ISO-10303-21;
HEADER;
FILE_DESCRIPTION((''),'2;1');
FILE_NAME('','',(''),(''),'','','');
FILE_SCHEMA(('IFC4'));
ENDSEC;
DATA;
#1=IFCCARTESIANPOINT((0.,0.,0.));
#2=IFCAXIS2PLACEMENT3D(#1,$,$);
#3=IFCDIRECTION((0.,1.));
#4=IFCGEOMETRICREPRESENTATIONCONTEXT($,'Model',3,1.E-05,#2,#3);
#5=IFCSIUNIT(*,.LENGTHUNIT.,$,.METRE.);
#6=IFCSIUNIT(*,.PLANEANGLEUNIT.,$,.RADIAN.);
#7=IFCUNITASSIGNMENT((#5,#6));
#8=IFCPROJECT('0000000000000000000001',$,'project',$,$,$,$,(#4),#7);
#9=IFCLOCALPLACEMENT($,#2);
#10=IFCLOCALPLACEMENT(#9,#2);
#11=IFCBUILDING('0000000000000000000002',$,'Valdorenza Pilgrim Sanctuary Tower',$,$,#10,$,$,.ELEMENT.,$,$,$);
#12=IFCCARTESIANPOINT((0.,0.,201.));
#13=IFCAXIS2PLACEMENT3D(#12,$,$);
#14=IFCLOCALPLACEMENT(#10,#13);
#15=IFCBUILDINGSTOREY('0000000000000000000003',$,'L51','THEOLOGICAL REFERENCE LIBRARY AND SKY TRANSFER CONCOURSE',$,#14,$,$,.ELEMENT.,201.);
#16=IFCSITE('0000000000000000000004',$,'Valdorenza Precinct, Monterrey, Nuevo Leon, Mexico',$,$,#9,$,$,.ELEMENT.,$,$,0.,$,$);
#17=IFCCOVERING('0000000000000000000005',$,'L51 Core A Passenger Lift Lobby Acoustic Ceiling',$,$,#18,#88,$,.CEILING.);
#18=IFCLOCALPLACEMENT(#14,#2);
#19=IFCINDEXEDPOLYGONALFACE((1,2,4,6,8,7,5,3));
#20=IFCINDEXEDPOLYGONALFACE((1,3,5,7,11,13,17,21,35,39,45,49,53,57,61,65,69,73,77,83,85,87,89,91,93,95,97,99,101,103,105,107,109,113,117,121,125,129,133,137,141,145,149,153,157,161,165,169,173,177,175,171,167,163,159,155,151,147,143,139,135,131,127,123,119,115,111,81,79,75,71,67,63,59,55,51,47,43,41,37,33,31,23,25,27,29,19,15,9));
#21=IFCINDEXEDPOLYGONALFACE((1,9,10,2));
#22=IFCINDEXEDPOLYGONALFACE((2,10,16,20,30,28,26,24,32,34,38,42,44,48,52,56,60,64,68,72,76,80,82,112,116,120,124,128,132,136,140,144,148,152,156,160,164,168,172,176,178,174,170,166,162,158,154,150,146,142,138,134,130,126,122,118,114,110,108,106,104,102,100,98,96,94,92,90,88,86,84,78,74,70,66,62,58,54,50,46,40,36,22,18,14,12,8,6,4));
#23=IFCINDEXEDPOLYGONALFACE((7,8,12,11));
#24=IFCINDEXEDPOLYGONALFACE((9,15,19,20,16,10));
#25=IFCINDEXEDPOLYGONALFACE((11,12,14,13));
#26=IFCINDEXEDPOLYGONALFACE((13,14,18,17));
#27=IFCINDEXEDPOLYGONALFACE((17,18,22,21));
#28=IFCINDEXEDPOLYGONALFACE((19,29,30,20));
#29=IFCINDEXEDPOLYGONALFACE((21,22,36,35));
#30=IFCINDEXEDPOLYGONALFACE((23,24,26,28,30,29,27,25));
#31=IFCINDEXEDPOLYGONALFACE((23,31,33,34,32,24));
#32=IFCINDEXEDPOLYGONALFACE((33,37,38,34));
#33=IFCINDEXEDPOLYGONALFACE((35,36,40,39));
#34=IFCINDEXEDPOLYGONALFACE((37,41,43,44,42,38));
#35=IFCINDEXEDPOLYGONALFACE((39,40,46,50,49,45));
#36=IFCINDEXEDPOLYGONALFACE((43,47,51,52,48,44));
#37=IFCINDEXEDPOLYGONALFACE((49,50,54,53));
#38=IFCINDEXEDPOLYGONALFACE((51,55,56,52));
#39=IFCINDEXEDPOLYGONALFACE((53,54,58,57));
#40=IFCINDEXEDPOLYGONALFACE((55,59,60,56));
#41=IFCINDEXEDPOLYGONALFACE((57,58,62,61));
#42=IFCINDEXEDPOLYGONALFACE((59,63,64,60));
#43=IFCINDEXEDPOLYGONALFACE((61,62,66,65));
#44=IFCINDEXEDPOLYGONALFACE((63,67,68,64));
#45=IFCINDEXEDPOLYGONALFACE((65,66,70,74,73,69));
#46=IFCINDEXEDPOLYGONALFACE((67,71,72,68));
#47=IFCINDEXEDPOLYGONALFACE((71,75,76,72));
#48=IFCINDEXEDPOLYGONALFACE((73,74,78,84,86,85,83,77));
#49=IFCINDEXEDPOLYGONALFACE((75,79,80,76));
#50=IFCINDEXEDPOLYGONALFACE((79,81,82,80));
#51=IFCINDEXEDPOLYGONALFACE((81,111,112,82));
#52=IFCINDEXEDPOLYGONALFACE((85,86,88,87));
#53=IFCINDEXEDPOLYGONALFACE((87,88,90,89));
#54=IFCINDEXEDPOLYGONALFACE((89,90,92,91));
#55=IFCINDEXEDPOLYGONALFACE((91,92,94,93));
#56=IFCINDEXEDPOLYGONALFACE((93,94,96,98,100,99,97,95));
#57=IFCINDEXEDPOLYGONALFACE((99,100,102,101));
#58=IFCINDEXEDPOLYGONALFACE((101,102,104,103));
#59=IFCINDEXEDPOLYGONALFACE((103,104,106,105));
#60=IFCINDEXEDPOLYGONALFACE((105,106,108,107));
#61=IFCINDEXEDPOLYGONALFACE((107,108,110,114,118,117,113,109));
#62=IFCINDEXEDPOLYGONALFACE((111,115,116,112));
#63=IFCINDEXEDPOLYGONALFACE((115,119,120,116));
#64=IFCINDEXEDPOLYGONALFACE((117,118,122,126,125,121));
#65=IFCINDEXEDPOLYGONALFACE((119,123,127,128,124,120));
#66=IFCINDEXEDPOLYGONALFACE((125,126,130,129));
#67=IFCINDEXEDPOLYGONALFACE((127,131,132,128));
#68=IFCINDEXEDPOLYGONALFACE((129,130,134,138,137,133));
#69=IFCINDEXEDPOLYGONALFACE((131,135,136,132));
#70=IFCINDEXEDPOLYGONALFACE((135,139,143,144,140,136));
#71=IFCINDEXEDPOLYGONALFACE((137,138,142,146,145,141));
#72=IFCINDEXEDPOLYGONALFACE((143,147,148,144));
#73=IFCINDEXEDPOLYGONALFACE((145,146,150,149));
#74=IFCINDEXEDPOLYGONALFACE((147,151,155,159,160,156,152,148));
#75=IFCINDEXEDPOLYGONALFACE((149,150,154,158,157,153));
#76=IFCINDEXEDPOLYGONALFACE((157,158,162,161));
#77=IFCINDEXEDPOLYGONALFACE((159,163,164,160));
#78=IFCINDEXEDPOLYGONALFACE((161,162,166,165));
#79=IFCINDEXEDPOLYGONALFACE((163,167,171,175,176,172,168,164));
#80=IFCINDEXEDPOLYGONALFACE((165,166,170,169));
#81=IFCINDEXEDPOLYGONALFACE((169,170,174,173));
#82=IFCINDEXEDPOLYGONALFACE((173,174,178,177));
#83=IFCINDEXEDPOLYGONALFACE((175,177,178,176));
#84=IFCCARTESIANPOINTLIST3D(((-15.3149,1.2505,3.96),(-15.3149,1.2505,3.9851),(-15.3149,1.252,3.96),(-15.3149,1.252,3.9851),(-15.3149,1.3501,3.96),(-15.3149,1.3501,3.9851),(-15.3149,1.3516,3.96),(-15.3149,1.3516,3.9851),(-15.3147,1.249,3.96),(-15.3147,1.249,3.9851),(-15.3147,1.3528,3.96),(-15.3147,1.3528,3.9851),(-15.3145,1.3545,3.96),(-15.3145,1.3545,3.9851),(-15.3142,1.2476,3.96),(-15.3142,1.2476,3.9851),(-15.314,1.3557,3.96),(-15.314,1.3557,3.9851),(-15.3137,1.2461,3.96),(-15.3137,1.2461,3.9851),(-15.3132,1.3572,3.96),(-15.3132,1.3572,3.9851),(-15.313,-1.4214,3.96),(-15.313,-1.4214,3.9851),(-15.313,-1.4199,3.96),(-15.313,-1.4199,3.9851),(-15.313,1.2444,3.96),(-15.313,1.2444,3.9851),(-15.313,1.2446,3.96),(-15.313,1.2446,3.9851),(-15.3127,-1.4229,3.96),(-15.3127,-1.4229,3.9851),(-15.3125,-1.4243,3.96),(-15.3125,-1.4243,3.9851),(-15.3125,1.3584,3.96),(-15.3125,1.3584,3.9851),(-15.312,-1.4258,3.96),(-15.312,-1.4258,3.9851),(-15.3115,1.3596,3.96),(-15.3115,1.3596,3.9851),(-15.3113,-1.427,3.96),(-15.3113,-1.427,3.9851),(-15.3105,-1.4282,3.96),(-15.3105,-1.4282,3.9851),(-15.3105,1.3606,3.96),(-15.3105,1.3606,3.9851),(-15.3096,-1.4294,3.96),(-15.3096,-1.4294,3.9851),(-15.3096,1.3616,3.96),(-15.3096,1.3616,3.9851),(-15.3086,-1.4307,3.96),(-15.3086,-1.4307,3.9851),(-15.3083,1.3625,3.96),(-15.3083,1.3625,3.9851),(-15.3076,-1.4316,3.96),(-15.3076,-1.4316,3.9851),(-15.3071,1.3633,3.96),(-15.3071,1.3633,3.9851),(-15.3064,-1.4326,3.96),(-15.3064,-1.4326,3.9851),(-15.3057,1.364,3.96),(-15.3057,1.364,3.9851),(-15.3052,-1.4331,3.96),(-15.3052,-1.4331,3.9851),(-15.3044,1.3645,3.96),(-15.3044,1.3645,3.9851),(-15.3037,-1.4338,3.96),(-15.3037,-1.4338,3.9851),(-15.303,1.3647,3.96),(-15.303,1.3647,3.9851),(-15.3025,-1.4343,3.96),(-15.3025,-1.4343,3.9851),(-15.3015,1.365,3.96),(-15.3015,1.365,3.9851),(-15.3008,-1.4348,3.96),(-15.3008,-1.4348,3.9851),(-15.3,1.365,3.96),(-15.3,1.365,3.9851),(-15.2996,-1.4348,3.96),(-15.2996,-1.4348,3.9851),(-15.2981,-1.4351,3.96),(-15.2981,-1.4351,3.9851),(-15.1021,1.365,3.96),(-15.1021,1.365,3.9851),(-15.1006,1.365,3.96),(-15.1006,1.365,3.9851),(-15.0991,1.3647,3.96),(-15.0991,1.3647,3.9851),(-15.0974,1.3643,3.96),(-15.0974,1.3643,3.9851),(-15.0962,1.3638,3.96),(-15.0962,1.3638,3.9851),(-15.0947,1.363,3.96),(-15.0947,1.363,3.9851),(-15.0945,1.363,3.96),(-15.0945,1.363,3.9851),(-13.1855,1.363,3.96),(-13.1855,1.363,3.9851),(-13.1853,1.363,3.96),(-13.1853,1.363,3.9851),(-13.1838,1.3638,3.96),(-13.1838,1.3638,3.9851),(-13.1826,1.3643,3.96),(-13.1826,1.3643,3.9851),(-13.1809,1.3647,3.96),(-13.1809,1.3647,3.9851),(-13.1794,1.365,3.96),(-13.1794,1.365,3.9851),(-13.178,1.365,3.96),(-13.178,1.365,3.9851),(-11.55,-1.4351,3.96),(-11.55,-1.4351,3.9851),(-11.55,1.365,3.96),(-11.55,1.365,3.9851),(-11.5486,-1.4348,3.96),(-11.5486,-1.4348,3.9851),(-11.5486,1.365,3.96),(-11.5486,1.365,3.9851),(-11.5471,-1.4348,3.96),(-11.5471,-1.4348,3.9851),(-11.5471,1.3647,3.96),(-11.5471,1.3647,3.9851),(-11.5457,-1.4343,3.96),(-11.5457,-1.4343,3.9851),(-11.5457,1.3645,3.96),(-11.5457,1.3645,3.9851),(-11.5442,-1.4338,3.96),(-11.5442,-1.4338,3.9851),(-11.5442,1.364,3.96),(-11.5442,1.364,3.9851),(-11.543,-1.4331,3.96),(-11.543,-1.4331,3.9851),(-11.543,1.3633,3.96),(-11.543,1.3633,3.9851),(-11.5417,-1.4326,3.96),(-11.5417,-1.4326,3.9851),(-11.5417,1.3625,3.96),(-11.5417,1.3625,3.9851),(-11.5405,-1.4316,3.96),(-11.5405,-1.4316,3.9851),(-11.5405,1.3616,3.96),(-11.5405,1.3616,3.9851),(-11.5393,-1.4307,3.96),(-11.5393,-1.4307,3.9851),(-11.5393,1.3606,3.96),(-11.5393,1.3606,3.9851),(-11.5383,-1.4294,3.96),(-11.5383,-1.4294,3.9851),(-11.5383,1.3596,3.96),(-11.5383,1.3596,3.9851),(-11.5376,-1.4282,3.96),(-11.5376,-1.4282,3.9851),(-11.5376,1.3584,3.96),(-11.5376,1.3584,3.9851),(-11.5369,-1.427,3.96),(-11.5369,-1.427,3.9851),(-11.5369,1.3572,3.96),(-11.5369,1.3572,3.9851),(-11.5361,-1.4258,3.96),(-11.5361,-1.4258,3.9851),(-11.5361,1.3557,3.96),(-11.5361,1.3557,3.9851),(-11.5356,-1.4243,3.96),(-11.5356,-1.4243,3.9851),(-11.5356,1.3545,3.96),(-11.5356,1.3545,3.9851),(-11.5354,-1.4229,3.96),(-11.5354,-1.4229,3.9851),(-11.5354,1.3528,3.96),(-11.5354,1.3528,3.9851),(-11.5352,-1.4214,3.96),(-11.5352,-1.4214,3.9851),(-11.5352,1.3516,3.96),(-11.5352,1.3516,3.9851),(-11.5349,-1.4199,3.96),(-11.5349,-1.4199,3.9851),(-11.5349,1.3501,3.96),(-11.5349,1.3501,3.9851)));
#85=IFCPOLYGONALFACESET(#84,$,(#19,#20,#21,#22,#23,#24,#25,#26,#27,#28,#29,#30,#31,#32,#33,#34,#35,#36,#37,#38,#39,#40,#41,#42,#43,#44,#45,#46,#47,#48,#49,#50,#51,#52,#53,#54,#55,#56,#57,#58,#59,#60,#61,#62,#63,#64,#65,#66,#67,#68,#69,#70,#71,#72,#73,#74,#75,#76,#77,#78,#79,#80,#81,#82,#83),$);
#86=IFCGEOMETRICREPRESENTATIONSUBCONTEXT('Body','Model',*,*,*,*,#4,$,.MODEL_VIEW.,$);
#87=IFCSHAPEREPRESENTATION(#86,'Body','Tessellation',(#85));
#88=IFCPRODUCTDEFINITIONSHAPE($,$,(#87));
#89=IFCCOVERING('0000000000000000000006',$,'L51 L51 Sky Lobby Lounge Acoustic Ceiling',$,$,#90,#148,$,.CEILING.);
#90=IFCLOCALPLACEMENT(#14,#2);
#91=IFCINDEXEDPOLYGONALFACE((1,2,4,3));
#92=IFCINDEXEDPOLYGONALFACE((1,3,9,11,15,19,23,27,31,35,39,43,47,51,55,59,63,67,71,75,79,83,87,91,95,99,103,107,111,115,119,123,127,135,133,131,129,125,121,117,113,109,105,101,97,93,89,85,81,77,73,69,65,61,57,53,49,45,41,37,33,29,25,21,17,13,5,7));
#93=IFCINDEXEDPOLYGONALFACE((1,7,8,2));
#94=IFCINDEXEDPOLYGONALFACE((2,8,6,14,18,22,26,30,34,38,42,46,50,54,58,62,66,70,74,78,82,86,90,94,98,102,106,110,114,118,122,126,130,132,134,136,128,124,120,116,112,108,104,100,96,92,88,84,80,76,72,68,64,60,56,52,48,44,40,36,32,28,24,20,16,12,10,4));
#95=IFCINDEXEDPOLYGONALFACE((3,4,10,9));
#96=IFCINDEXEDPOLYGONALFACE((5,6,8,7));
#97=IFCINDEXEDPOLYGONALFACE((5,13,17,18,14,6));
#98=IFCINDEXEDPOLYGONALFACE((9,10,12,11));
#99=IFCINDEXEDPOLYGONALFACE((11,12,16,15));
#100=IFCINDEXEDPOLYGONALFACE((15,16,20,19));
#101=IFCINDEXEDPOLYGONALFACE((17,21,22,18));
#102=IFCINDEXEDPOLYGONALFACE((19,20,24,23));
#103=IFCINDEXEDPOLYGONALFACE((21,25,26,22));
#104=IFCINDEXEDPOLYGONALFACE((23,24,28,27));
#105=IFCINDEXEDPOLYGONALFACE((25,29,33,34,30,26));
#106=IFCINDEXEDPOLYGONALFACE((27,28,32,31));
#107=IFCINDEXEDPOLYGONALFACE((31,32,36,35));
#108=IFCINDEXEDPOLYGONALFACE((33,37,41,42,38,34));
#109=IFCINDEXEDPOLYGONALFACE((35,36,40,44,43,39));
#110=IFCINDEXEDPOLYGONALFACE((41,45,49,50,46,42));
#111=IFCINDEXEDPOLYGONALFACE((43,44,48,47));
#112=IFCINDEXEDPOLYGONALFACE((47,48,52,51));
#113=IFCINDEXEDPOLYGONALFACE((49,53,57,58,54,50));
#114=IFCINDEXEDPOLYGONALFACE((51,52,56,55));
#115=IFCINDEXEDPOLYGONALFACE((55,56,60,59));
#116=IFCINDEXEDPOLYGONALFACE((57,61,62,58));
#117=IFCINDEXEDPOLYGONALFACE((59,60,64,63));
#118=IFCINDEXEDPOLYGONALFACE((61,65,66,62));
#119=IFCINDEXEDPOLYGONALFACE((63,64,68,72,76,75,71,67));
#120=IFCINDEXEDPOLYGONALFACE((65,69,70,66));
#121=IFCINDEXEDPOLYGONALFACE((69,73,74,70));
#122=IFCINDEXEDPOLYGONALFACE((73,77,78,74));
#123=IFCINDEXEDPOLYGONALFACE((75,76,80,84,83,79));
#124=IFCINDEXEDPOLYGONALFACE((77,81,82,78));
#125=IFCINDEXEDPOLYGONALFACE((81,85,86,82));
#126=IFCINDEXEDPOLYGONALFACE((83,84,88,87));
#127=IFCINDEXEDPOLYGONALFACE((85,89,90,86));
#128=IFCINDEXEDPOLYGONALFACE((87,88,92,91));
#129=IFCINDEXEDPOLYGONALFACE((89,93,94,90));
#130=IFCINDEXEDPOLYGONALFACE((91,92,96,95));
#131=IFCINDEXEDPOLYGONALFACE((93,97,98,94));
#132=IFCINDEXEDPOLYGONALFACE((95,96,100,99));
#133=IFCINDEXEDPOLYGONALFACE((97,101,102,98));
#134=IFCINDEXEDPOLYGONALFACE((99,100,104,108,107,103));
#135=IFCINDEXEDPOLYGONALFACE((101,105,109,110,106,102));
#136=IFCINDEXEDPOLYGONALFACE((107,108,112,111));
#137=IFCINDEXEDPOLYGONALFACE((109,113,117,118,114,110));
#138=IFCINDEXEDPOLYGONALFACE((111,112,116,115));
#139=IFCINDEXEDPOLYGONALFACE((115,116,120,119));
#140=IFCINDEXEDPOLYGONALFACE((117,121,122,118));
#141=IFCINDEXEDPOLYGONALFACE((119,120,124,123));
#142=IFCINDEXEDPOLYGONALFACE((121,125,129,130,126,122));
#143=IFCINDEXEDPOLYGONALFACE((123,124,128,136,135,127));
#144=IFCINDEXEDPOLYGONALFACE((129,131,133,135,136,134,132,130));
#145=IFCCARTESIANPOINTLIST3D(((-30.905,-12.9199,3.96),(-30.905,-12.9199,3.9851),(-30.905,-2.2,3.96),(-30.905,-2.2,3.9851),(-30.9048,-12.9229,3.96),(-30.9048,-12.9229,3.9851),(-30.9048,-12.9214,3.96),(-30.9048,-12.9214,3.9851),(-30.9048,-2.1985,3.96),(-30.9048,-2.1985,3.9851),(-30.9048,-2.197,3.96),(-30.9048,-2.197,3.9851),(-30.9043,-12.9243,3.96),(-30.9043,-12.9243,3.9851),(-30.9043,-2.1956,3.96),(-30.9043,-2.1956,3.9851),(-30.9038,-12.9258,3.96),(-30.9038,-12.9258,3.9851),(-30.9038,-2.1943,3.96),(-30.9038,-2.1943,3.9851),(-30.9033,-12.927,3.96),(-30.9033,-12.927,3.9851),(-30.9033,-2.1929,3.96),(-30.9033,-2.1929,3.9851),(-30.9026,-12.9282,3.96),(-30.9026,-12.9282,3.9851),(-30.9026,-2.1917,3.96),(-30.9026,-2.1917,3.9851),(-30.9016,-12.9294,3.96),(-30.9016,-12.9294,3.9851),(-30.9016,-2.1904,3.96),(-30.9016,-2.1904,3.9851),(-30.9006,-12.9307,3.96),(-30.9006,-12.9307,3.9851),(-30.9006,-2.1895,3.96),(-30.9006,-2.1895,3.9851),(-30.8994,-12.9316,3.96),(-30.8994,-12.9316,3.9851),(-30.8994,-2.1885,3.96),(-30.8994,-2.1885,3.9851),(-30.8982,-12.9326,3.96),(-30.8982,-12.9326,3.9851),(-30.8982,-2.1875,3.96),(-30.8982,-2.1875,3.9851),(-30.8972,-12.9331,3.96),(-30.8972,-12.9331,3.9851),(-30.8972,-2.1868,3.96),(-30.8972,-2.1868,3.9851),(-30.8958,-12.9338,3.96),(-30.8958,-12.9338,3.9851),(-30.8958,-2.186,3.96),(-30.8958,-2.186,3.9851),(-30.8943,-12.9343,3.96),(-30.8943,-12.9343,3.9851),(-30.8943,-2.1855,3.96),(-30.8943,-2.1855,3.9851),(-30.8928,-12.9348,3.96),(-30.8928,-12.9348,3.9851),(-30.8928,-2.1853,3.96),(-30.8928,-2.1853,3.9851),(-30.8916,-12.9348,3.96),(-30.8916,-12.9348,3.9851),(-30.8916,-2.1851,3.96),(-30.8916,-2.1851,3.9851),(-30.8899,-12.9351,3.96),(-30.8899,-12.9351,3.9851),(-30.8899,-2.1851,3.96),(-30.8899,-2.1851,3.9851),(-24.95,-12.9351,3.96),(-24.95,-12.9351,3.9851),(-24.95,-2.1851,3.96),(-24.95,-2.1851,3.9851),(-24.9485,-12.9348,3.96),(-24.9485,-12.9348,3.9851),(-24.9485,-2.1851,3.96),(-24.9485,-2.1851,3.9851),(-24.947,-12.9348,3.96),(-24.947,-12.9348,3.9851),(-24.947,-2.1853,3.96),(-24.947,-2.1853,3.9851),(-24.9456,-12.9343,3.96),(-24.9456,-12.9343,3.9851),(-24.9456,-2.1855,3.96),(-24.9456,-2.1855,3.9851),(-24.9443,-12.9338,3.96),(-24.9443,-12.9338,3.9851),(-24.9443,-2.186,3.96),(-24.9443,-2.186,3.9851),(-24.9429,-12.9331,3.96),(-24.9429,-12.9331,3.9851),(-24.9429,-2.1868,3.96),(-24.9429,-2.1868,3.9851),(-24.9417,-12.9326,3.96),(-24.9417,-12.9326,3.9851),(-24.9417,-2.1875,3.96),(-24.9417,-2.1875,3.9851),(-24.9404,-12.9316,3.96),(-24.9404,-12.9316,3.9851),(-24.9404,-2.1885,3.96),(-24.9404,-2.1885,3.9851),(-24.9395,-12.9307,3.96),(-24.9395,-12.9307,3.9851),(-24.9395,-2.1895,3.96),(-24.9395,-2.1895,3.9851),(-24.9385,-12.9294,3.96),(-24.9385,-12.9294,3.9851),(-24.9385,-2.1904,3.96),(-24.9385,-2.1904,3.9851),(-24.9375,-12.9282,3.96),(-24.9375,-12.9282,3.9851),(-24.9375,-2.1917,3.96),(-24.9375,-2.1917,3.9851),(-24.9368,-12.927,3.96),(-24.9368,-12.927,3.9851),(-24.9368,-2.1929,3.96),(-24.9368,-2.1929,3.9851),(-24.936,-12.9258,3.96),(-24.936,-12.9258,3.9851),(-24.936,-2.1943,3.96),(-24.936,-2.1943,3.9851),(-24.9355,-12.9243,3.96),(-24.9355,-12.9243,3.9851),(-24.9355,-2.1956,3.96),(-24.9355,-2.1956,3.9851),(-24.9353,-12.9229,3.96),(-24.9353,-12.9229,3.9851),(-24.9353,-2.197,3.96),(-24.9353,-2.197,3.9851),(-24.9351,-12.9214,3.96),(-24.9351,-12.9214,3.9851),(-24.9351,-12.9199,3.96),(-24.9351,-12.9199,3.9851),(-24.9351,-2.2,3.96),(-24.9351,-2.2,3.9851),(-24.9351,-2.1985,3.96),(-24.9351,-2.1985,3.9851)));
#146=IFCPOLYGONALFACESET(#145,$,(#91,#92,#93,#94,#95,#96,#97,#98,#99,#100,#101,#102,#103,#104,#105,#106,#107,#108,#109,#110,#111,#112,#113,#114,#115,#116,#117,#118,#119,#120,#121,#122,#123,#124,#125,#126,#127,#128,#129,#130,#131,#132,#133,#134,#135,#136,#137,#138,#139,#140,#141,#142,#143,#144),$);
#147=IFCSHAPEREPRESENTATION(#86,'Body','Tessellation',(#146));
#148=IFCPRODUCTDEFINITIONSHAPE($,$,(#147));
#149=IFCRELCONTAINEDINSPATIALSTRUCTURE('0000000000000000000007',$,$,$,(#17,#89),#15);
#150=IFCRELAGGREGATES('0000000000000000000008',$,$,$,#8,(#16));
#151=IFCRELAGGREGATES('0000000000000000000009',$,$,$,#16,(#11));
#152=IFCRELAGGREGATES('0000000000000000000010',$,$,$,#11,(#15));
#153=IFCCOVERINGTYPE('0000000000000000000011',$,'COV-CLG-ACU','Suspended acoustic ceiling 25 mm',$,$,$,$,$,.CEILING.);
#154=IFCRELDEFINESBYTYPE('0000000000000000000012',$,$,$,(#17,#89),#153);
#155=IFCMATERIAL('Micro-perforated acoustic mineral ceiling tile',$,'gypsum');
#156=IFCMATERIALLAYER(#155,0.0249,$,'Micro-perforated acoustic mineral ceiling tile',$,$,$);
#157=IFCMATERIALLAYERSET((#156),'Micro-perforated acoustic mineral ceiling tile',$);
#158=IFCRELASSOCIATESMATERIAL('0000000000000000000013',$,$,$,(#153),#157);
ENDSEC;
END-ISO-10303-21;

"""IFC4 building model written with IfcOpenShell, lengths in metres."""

from ifc_helpers import new_model, si_unit, direction, frame, origin, place, context, subcontext, project, spatial, polyline, outline, extrude, material, layer, layer_set, type_object, element, save


model = new_model("IFC4")

# Units and contexts
model_context = context("Model", 3, precision=1e-05, world=origin(), true_north=direction((0.0, 1.0)))
body_context = subcontext(model_context, "Body", "Model", "MODEL_VIEW")
ifc_project = project(units=[si_unit("LENGTHUNIT", "METRE"), si_unit("PLANEANGLEUNIT", "RADIAN")], contexts=[model_context])

# Site, building, storey
site_placement = place(None, origin())
site = spatial("IfcSite", under=ifc_project, at=site_placement, Name="Valdorenza Precinct, Monterrey, Nuevo Leon, Mexico", CompositionType="ELEMENT", RefElevation=0.0)
building_placement = place(site_placement, origin())
building = spatial("IfcBuilding", under=site, at=building_placement, Name="Valdorenza Pilgrim Sanctuary Tower", CompositionType="ELEMENT")
storey_placement = place(building_placement, frame((0.0, 0.0, 201.0)))
storey = spatial("IfcBuildingStorey", under=building, at=storey_placement, Name="L51", Description="THEOLOGICAL REFERENCE LIBRARY AND SKY TRANSFER CONCOURSE", CompositionType="ELEMENT", Elevation=201.0)

# Coverings
ifc_material_1 = material(Name="Micro-perforated acoustic mineral ceiling tile", Category="gypsum")
ifc_layer_1 = layer(ifc_material_1, 0.0249, Name="Micro-perforated acoustic mineral ceiling tile")
ifc_layer_set_1 = layer_set([ifc_layer_1], Name="Micro-perforated acoustic mineral ceiling tile")
covering_type_1 = type_object("IfcCoveringType", Name="COV-CLG-ACU", Description="Suspended acoustic ceiling 25 mm", PredefinedType="CEILING", material=ifc_layer_set_1)
covering_1_placement = place(storey_placement, frame((0.0, 0.0, 3.96)))
element("IfcCovering", 1, at=covering_1_placement, inside=storey, type_object=covering_type_1, Name="L51 Core A Passenger Lift Lobby Acoustic Ceiling", PredefinedType="CEILING", context=body_context, shape_type="SweptSolid", body=[
    extrude(outline(polyline([(-15.313, 1.2444), (-15.313, 1.2446), (-15.3137, 1.2461), (-15.3142, 1.2476), (-15.3147, 1.249), (-15.3149, 1.2505), (-15.3149, 1.252), (-15.3149, 1.3501), (-15.3149, 1.3516), (-15.3147, 1.3528), (-15.3145, 1.3545), (-15.314, 1.3557), (-15.3132, 1.3572), (-15.3125, 1.3584), (-15.3115, 1.3596), (-15.3105, 1.3606), (-15.3096, 1.3616), (-15.3083, 1.3625), (-15.3071, 1.3633), (-15.3057, 1.364), (-15.3044, 1.3645), (-15.303, 1.3647), (-15.3015, 1.365), (-15.3, 1.365), (-15.1021, 1.365), (-15.1006, 1.365), (-15.0991, 1.3647), (-15.0974, 1.3643), (-15.0962, 1.3638), (-15.0947, 1.363), (-15.0945, 1.363), (-13.1855, 1.363), (-13.1853, 1.363), (-13.1838, 1.3638), (-13.1826, 1.3643), (-13.1809, 1.3647), (-13.1794, 1.365), (-13.178, 1.365), (-11.55, 1.365), (-11.5486, 1.365), (-11.5471, 1.3647), (-11.5457, 1.3645), (-11.5442, 1.364), (-11.543, 1.3633), (-11.5417, 1.3625), (-11.5405, 1.3616), (-11.5393, 1.3606), (-11.5383, 1.3596), (-11.5376, 1.3584), (-11.5369, 1.3572), (-11.5361, 1.3557), (-11.5356, 1.3545), (-11.5354, 1.3528), (-11.5352, 1.3516), (-11.5349, 1.3501), (-11.5349, -1.4199), (-11.5352, -1.4214), (-11.5354, -1.4229), (-11.5356, -1.4243), (-11.5361, -1.4258), (-11.5369, -1.427), (-11.5376, -1.4282), (-11.5383, -1.4294), (-11.5393, -1.4307), (-11.5405, -1.4316), (-11.5417, -1.4326), (-11.543, -1.4331), (-11.5442, -1.4338), (-11.5457, -1.4343), (-11.5471, -1.4348), (-11.5486, -1.4348), (-11.55, -1.4351), (-15.2981, -1.4351), (-15.2996, -1.4348), (-15.3008, -1.4348), (-15.3025, -1.4343), (-15.3037, -1.4338), (-15.3052, -1.4331), (-15.3064, -1.4326), (-15.3076, -1.4316), (-15.3086, -1.4307), (-15.3096, -1.4294), (-15.3105, -1.4282), (-15.3113, -1.427), (-15.312, -1.4258), (-15.3125, -1.4243), (-15.3127, -1.4229), (-15.313, -1.4214), (-15.313, -1.4199), (-15.313, 1.2444)])), origin(), (0.0, 0.0, 1.0), 0.0251),
])
covering_2_placement = place(storey_placement, frame((0.0, 0.0, 3.96)))
element("IfcCovering", 2, at=covering_2_placement, inside=storey, type_object=covering_type_1, Name="L51 L51 Sky Lobby Lounge Acoustic Ceiling", PredefinedType="CEILING", context=body_context, shape_type="SweptSolid", body=[
    extrude(outline(polyline([(-24.9351, -12.9199), (-24.9351, -12.9214), (-24.9353, -12.9229), (-24.9355, -12.9243), (-24.936, -12.9258), (-24.9368, -12.927), (-24.9375, -12.9282), (-24.9385, -12.9294), (-24.9395, -12.9307), (-24.9404, -12.9316), (-24.9417, -12.9326), (-24.9429, -12.9331), (-24.9443, -12.9338), (-24.9456, -12.9343), (-24.947, -12.9348), (-24.9485, -12.9348), (-24.95, -12.9351), (-30.8899, -12.9351), (-30.8916, -12.9348), (-30.8928, -12.9348), (-30.8943, -12.9343), (-30.8958, -12.9338), (-30.8972, -12.9331), (-30.8982, -12.9326), (-30.8994, -12.9316), (-30.9006, -12.9307), (-30.9016, -12.9294), (-30.9026, -12.9282), (-30.9033, -12.927), (-30.9038, -12.9258), (-30.9043, -12.9243), (-30.9048, -12.9229), (-30.9048, -12.9214), (-30.905, -12.9199), (-30.905, -2.2), (-30.9048, -2.1985), (-30.9048, -2.197), (-30.9043, -2.1956), (-30.9038, -2.1943), (-30.9033, -2.1929), (-30.9026, -2.1917), (-30.9016, -2.1904), (-30.9006, -2.1895), (-30.8994, -2.1885), (-30.8982, -2.1875), (-30.8972, -2.1868), (-30.8958, -2.186), (-30.8943, -2.1855), (-30.8928, -2.1853), (-30.8916, -2.1851), (-30.8899, -2.1851), (-24.95, -2.1851), (-24.9485, -2.1851), (-24.947, -2.1853), (-24.9456, -2.1855), (-24.9443, -2.186), (-24.9429, -2.1868), (-24.9417, -2.1875), (-24.9404, -2.1885), (-24.9395, -2.1895), (-24.9385, -2.1904), (-24.9375, -2.1917), (-24.9368, -2.1929), (-24.936, -2.1943), (-24.9355, -2.1956), (-24.9353, -2.197), (-24.9351, -2.1985), (-24.9351, -2.2), (-24.9351, -12.9199)])), origin(), (0.0, 0.0, 1.0), 0.0251),
])

save(model, "model.ifc")
